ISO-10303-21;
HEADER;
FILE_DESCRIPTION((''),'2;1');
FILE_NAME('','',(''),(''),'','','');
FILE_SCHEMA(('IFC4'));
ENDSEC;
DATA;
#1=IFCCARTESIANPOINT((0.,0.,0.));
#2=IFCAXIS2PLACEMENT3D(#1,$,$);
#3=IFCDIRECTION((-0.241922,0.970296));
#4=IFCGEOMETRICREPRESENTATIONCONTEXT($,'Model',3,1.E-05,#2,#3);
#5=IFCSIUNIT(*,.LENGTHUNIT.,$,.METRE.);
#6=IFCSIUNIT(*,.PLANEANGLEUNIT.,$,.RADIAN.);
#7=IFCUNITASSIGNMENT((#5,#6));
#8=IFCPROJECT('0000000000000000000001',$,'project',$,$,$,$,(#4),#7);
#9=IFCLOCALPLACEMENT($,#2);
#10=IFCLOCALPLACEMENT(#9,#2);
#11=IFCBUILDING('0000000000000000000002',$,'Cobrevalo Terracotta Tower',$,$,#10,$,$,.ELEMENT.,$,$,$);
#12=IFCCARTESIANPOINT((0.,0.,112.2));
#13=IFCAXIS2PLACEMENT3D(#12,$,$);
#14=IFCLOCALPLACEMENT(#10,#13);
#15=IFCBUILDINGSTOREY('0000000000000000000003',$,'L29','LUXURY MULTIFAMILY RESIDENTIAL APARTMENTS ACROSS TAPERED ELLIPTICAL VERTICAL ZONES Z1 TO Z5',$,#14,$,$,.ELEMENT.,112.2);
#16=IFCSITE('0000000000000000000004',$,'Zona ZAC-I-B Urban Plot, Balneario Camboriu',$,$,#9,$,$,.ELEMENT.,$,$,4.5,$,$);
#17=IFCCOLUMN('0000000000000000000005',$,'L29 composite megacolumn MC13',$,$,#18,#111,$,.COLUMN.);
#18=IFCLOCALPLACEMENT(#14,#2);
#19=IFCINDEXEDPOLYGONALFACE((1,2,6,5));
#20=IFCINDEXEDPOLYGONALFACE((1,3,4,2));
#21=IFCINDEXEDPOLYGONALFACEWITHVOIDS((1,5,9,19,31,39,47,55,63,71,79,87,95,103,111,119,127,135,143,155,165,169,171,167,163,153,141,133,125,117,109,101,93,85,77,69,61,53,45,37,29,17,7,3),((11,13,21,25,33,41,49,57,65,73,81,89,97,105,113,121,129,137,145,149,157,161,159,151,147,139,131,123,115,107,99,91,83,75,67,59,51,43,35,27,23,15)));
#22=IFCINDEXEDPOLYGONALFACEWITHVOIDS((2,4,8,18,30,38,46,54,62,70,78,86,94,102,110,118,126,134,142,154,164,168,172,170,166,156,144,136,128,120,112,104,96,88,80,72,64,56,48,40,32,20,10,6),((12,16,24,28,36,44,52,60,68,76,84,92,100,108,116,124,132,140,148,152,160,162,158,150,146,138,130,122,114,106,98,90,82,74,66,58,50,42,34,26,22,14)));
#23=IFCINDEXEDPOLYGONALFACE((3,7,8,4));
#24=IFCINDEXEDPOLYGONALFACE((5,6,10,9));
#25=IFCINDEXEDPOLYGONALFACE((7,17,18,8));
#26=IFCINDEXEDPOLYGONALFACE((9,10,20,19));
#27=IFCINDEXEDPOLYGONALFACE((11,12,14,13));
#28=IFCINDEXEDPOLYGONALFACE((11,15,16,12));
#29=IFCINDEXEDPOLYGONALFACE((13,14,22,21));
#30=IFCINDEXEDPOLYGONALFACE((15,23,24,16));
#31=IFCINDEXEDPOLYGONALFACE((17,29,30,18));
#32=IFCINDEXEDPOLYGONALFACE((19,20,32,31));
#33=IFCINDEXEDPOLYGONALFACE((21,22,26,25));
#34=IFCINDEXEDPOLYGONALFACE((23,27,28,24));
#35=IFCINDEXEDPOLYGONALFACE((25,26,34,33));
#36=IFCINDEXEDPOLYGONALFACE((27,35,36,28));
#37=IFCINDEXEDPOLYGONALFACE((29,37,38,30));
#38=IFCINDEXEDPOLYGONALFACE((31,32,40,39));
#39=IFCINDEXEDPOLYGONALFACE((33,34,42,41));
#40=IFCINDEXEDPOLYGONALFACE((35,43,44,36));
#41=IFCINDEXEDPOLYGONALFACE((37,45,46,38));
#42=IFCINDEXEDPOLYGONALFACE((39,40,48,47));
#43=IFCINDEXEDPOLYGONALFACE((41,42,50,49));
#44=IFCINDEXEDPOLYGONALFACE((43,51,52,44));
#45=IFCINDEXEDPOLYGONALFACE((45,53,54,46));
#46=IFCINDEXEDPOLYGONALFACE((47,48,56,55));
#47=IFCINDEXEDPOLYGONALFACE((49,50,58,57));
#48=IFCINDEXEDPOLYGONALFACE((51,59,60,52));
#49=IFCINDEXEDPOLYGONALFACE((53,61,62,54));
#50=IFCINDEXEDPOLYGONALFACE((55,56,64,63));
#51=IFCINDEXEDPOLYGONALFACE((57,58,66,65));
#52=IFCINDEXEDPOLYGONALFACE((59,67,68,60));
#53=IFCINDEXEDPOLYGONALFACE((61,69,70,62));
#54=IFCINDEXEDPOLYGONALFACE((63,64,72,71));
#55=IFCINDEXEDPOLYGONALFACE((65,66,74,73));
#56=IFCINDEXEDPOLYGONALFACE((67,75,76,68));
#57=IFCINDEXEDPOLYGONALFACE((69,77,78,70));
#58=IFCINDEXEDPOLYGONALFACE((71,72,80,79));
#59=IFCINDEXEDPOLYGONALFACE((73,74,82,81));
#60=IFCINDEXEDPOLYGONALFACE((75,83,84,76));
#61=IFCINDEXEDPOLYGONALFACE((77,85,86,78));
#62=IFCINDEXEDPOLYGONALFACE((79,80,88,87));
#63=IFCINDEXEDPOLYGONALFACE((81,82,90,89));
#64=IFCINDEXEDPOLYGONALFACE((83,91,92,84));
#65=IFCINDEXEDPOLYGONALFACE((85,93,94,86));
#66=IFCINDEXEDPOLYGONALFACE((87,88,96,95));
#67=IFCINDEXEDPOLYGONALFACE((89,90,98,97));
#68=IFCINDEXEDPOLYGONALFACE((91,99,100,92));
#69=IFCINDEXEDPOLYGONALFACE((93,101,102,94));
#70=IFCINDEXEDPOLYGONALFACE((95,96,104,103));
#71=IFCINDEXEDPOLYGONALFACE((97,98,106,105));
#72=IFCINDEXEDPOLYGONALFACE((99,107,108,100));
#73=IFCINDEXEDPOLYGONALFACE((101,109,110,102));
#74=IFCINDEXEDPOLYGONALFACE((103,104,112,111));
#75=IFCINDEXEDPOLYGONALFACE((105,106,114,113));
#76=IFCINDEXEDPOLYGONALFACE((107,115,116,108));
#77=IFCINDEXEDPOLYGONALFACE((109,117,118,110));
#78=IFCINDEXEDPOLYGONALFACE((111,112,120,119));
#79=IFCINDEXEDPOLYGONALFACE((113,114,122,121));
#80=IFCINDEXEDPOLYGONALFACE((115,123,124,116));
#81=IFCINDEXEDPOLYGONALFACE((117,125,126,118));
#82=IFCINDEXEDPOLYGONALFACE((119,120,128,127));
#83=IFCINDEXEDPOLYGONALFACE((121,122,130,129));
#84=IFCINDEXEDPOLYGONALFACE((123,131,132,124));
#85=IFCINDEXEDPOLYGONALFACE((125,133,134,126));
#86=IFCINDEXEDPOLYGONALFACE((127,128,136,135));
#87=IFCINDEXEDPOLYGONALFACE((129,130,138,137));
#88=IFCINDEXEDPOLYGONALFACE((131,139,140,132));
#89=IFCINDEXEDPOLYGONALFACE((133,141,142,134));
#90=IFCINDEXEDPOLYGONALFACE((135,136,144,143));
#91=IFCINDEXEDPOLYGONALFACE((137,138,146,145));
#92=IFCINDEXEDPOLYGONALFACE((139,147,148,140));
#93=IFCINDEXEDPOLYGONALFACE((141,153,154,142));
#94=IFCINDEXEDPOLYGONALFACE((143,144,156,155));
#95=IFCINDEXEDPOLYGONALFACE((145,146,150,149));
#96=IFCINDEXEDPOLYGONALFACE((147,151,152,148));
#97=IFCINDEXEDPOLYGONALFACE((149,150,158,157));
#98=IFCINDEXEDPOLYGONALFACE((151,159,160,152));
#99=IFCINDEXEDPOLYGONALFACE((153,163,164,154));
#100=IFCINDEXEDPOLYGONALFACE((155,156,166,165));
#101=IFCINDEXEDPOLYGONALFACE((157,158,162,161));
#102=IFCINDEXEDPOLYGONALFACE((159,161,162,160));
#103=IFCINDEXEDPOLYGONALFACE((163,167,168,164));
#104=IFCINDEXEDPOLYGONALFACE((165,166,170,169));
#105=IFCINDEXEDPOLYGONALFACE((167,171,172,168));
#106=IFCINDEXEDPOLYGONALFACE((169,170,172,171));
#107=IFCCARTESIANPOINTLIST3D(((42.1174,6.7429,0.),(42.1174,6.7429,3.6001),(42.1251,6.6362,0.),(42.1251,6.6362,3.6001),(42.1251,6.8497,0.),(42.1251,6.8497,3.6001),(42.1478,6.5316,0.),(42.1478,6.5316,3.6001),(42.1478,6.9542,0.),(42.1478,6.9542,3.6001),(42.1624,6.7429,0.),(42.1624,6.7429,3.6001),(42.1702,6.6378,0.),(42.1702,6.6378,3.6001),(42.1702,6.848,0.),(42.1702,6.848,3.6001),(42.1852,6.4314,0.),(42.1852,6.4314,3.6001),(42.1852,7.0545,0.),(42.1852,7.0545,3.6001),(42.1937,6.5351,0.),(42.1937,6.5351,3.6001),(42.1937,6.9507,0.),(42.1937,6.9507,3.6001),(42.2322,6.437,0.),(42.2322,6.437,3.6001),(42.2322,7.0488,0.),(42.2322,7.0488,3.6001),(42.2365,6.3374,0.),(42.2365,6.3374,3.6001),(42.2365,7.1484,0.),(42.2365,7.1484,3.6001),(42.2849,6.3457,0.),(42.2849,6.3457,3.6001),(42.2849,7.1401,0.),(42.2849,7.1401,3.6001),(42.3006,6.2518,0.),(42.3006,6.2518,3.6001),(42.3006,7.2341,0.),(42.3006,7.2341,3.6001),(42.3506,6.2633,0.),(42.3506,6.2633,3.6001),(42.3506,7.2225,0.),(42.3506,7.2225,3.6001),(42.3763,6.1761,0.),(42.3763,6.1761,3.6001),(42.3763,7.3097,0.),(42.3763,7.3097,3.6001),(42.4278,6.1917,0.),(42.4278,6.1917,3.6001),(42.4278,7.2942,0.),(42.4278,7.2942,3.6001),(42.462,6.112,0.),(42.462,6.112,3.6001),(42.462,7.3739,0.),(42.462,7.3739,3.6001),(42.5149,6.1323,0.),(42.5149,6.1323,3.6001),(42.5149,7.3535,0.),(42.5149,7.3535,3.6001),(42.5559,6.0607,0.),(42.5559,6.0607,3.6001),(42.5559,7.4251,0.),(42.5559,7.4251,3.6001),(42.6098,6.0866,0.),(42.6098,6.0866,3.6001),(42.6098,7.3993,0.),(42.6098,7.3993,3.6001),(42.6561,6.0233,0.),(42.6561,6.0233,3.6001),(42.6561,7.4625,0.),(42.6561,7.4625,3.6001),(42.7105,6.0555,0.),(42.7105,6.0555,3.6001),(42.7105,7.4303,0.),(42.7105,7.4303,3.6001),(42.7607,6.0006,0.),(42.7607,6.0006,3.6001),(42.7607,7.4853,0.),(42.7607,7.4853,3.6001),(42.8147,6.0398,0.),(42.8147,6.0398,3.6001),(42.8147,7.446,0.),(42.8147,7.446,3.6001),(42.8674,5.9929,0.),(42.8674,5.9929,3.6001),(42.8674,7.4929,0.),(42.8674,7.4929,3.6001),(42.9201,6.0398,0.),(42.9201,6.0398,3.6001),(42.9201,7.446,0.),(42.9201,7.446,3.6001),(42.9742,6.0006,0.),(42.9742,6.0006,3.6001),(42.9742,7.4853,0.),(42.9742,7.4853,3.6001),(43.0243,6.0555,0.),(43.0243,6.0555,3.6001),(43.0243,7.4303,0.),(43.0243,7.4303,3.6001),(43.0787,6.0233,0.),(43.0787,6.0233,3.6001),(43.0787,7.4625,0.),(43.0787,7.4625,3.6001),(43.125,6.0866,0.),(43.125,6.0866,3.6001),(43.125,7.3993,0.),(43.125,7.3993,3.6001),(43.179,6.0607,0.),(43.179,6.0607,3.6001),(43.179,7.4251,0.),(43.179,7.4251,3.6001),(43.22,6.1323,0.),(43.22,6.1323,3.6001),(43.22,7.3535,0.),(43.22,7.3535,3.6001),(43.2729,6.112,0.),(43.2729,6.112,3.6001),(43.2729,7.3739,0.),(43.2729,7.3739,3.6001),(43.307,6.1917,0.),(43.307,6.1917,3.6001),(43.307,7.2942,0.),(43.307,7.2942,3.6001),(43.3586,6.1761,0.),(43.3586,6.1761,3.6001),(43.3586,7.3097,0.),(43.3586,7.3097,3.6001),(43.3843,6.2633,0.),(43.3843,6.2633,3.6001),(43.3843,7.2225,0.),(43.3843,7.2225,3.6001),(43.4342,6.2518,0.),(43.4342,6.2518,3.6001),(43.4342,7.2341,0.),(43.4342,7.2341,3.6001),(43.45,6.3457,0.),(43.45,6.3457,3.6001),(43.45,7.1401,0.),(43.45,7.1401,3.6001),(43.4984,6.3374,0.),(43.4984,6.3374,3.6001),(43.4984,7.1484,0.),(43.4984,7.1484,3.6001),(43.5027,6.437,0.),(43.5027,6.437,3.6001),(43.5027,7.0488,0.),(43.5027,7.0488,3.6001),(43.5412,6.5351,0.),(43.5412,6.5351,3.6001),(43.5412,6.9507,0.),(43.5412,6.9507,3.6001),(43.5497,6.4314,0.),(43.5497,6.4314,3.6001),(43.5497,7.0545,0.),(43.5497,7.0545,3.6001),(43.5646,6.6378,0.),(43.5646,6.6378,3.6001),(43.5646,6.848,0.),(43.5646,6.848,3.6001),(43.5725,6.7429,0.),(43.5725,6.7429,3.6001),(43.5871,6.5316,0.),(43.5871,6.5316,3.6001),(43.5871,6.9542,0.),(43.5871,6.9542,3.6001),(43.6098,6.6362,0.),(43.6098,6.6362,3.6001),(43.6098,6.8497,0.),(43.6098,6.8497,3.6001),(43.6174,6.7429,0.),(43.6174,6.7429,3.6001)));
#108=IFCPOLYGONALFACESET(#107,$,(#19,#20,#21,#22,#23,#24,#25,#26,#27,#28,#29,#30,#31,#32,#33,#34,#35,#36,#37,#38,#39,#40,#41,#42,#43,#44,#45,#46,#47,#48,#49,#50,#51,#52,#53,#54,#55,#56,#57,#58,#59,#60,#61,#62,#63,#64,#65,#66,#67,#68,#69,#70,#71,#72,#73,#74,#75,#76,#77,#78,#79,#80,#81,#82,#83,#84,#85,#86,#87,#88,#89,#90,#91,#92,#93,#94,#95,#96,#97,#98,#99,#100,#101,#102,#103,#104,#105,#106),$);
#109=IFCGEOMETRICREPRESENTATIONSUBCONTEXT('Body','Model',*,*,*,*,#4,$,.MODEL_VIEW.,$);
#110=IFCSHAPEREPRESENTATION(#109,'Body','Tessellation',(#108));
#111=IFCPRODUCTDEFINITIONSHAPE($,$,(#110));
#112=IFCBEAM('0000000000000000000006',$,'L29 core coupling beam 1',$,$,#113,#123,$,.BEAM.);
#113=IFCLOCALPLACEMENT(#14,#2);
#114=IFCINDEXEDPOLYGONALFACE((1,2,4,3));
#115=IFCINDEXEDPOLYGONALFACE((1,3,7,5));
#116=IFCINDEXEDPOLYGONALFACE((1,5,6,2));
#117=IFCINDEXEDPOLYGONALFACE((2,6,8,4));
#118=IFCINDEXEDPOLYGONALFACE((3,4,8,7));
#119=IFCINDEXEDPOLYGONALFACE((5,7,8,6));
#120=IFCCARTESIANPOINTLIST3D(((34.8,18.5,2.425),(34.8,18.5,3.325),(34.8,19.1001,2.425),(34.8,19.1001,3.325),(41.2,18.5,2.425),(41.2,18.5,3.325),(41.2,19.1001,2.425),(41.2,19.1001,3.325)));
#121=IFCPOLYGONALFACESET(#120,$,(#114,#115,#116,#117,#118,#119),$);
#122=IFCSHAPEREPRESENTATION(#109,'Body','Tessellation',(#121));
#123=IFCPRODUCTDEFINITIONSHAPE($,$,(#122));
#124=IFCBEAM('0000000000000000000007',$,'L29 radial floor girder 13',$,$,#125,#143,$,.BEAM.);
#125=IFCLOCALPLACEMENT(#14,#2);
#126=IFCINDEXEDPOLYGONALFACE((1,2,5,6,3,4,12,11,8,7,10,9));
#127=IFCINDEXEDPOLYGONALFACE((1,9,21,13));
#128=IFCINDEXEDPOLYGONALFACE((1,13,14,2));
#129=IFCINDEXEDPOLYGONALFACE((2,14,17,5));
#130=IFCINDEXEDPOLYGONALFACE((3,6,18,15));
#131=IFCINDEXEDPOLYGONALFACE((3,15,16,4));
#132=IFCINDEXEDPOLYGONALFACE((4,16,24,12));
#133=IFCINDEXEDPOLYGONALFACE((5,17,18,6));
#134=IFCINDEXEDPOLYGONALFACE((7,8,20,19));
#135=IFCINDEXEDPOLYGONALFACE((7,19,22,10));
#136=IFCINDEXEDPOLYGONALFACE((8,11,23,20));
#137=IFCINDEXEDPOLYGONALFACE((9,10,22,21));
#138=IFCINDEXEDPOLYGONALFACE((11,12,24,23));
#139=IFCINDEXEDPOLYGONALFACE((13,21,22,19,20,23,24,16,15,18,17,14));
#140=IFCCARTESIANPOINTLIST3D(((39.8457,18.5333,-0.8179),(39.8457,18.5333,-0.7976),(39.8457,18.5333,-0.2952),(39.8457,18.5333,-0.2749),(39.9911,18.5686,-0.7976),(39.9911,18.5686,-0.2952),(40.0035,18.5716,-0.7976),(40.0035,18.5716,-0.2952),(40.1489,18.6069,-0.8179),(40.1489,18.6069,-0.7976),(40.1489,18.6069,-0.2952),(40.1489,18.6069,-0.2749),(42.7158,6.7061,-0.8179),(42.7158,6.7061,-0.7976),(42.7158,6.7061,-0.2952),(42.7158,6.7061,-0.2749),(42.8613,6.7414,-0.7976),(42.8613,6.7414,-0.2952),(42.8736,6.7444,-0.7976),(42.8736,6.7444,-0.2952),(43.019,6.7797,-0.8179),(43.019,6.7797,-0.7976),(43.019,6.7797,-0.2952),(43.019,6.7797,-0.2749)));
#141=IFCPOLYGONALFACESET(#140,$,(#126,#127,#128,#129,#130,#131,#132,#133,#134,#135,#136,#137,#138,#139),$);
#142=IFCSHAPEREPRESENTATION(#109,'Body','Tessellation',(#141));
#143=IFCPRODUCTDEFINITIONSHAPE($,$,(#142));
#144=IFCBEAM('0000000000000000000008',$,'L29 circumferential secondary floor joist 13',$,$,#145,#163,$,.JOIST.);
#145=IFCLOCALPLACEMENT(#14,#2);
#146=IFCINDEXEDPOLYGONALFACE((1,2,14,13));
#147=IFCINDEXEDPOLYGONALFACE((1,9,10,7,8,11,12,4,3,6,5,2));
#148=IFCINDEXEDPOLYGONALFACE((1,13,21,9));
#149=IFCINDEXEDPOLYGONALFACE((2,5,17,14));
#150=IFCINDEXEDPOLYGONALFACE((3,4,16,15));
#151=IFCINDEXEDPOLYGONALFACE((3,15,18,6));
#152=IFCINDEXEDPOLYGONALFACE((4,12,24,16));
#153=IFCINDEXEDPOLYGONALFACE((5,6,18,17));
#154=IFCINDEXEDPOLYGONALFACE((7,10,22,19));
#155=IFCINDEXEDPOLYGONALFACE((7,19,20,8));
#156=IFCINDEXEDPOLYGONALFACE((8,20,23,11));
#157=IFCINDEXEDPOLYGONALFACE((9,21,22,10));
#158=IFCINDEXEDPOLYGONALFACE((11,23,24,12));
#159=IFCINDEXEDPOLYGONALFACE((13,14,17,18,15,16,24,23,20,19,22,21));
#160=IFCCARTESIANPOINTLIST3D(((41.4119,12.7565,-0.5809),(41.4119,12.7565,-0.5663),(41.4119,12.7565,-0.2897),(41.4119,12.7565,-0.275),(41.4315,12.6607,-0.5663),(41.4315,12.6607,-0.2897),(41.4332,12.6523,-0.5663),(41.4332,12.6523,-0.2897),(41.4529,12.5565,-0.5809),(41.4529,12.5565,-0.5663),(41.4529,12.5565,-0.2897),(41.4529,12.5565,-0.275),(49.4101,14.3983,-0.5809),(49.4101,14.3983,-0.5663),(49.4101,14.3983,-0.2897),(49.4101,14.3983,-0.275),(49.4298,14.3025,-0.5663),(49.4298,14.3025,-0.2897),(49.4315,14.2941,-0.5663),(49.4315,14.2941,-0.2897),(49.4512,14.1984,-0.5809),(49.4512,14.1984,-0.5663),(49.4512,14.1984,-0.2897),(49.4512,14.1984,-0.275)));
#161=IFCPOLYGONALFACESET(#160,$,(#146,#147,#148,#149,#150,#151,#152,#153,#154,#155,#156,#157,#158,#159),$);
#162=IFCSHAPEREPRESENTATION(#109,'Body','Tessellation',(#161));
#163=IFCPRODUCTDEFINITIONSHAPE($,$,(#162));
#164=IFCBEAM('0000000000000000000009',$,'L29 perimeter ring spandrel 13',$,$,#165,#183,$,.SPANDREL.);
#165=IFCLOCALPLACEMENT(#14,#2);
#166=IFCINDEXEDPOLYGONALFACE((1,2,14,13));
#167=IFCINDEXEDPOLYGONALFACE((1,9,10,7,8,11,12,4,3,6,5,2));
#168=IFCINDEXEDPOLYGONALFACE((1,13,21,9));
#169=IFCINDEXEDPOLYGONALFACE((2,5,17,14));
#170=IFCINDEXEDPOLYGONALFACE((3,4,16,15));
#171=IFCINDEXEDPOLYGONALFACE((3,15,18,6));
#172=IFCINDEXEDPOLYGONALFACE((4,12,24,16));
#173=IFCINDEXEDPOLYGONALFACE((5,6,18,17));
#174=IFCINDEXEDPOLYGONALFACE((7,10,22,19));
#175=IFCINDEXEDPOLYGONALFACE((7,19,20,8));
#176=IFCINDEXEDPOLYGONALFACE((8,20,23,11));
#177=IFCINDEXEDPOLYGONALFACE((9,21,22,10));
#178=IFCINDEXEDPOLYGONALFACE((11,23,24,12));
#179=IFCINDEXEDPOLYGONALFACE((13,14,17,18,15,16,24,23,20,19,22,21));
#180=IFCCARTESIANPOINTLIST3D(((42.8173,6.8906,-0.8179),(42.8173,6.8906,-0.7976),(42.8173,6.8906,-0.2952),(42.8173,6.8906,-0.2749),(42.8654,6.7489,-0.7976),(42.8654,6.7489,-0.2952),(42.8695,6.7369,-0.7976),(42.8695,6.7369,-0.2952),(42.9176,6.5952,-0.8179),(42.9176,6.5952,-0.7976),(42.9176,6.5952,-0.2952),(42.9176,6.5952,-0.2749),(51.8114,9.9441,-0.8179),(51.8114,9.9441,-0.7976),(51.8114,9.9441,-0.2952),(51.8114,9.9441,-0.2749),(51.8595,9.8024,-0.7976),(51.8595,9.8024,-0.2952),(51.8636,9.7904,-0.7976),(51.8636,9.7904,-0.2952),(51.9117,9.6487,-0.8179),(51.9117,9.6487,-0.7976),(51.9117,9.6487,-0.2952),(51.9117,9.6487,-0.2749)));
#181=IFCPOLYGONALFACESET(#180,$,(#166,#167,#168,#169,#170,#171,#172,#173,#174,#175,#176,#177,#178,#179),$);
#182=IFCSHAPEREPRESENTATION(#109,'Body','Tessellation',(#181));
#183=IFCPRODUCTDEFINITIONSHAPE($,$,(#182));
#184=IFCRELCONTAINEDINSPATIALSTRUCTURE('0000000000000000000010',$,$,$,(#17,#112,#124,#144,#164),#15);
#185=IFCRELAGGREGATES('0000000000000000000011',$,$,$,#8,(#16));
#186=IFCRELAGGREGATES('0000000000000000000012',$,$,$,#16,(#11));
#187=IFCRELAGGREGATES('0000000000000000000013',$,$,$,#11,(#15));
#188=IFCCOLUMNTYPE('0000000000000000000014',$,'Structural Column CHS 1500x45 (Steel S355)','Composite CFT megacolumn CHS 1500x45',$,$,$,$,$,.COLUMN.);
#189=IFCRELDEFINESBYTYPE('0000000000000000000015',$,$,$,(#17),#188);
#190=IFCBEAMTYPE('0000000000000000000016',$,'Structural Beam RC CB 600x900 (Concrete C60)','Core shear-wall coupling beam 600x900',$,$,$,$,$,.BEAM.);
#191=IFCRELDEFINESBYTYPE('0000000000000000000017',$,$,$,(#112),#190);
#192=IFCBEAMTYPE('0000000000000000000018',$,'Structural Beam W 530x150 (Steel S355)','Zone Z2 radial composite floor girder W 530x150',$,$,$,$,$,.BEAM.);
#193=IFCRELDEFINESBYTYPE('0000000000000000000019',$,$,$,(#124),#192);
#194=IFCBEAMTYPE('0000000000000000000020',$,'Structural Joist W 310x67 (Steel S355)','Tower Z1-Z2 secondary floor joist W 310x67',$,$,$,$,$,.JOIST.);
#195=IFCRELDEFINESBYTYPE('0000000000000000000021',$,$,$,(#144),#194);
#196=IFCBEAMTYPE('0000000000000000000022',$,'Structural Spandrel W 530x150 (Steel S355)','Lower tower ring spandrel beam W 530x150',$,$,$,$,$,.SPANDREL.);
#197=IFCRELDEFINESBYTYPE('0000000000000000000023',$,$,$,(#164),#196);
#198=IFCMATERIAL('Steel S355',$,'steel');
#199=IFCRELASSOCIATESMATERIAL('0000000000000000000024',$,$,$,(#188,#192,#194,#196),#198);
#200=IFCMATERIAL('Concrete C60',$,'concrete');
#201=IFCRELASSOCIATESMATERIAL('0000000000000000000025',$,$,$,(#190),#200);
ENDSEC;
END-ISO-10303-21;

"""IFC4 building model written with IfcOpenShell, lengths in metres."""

from ifc_helpers import new_model, si_unit, direction, frame, origin, origin_2d, place, context, subcontext, project, spatial, rectangle, hollow_circle, i_section, extrude, material, material_profile, profile_set, type_object, element, save


model = new_model("IFC4")

# Units and contexts
model_context = context("Model", 3, precision=1e-05, world=origin(), true_north=direction((-0.241922, 0.970296)))
body_context = subcontext(model_context, "Body", "Model", "MODEL_VIEW")
ifc_project = project(units=[si_unit("LENGTHUNIT", "METRE"), si_unit("PLANEANGLEUNIT", "RADIAN")], contexts=[model_context])

# Site, building, storey
site_placement = place(None, origin())
site = spatial("IfcSite", under=ifc_project, at=site_placement, Name="Zona ZAC-I-B Urban Plot, Balneario Camboriu", CompositionType="ELEMENT", RefElevation=4.5)
building_placement = place(site_placement, origin())
building = spatial("IfcBuilding", under=site, at=building_placement, Name="Cobrevalo Terracotta Tower", CompositionType="ELEMENT")
storey_placement = place(building_placement, frame((0.0, 0.0, 112.2)))
storey = spatial("IfcBuildingStorey", under=building, at=storey_placement, Name="L29", Description="LUXURY MULTIFAMILY RESIDENTIAL APARTMENTS ACROSS TAPERED ELLIPTICAL VERTICAL ZONES Z1 TO Z5", CompositionType="ELEMENT", Elevation=112.2)

# Column
ifc_material_1 = material(Name="Steel S355", Category="steel")
ifc_material_profile_1 = material_profile(ifc_material_1, hollow_circle(Radius=0.75, WallThickness=0.0449, at=origin_2d()), Name="CHS 1500x45")
ifc_profile_set_1 = profile_set([ifc_material_profile_1], Name="Steel S355")
column_type = type_object("IfcColumnType", Name="Structural Column CHS 1500x45 (Steel S355)", Description="Composite CFT megacolumn CHS 1500x45", PredefinedType="COLUMN", material=ifc_profile_set_1)
column_placement = place(storey_placement, frame((42.8674, 6.7429, 0.0), z_axis=(0.0, 0.0, 1.0), x_axis=(1.0, 0.0, 0.0)))
element("IfcColumn", 1, at=column_placement, inside=storey, type_object=column_type, Name="L29 composite megacolumn MC13", PredefinedType="COLUMN", context=body_context, shape_type="SweptSolid", body=[
    extrude(hollow_circle(Radius=0.75, WallThickness=0.0449, at=origin_2d()), origin(), (0.0, 0.0, 1.0), 3.6001),
])

# Beams
ifc_material_2 = material(Name="Concrete C60", Category="concrete")
ifc_material_profile_2 = material_profile(ifc_material_2, rectangle(XDim=0.6001, YDim=0.8999, at=origin_2d()), Name="RC CB 600x900")
ifc_profile_set_2 = profile_set([ifc_material_profile_2], Name="Concrete C60")
beam_type_1 = type_object("IfcBeamType", Name="Structural Beam RC CB 600x900 (Concrete C60)", Description="Core shear-wall coupling beam 600x900", PredefinedType="BEAM", material=ifc_profile_set_2)
beam_1_placement = place(storey_placement, frame((34.8, 18.8, 2.875), z_axis=(1.0, 0.0, 0.0), x_axis=(0.0, 1.0, 0.0)))
element("IfcBeam", 2, at=beam_1_placement, inside=storey, type_object=beam_type_1, Name="L29 core coupling beam 1", PredefinedType="BEAM", context=body_context, shape_type="SweptSolid", body=[
    extrude(rectangle(XDim=0.6001, YDim=0.8999, at=origin_2d()), origin(), (0.0, 0.0, 1.0), 6.3999),
])
ifc_material_profile_3 = material_profile(ifc_material_1, i_section(OverallWidth=0.312, OverallDepth=0.543, WebThickness=0.0127, FlangeThickness=0.0203, at=origin_2d()), Name="W 530x150")
ifc_profile_set_3 = profile_set([ifc_material_profile_3], Name="Steel S355")
beam_type_2 = type_object("IfcBeamType", Name="Structural Beam W 530x150 (Steel S355)", Description="Zone Z2 radial composite floor girder W 530x150", PredefinedType="BEAM", material=ifc_profile_set_3)
beam_2_placement = place(storey_placement, frame((42.8674, 6.7429, -0.5464), z_axis=(-0.235827, 0.971795, 0.0), x_axis=(-0.971795, -0.235827, 0.0)))
element("IfcBeam", 3, at=beam_2_placement, inside=storey, type_object=beam_type_2, Name="L29 radial floor girder 13", PredefinedType="BEAM", context=body_context, shape_type="SweptSolid", body=[
    extrude(i_section(OverallWidth=0.312, OverallDepth=0.543, WebThickness=0.0127, FlangeThickness=0.0203, at=origin_2d()), origin(), (0.0, 0.0, 1.0), 12.1704),
])
ifc_material_profile_4 = material_profile(ifc_material_1, i_section(OverallWidth=0.2041, OverallDepth=0.3059, WebThickness=0.0085, FlangeThickness=0.0146, at=origin_2d()), Name="W 310x67")
ifc_profile_set_4 = profile_set([ifc_material_profile_4], Name="Steel S355")
beam_type_3 = type_object("IfcBeamType", Name="Structural Joist W 310x67 (Steel S355)", Description="Tower Z1-Z2 secondary floor joist W 310x67", PredefinedType="JOIST", material=ifc_profile_set_4)
beam_3_placement = place(storey_placement, frame((41.4324, 12.6565, -0.428), z_axis=(0.979574, 0.201082, 0.0), x_axis=(-0.201082, 0.979574, 0.0)))
element("IfcBeam", 4, at=beam_3_placement, inside=storey, type_object=beam_type_3, Name="L29 circumferential secondary floor joist 13", PredefinedType="JOIST", context=body_context, shape_type="SweptSolid", body=[
    extrude(i_section(OverallWidth=0.2041, OverallDepth=0.3059, WebThickness=0.0085, FlangeThickness=0.0146, at=origin_2d()), origin(), (0.0, 0.0, 1.0), 8.165),
])
ifc_material_profile_5 = material_profile(ifc_material_1, i_section(OverallWidth=0.312, OverallDepth=0.543, WebThickness=0.0127, FlangeThickness=0.0203, at=origin_2d()), Name="W 530x150")
ifc_profile_set_5 = profile_set([ifc_material_profile_5], Name="Steel S355")
beam_type_4 = type_object("IfcBeamType", Name="Structural Spandrel W 530x150 (Steel S355)", Description="Lower tower ring spandrel beam W 530x150", PredefinedType="SPANDREL", material=ifc_profile_set_5)
beam_4_placement = place(storey_placement, frame((42.8674, 6.7429, -0.5464), z_axis=(0.946918, 0.321474, 0.0), x_axis=(-0.321474, 0.946918, 0.0)))
element("IfcBeam", 5, at=beam_4_placement, inside=storey, type_object=beam_type_4, Name="L29 perimeter ring spandrel 13", PredefinedType="SPANDREL", context=body_context, shape_type="SweptSolid", body=[
    extrude(i_section(OverallWidth=0.312, OverallDepth=0.543, WebThickness=0.0127, FlangeThickness=0.0203, at=origin_2d()), origin(), (0.0, 0.0, 1.0), 9.4983),
])

save(model, "model.ifc")
